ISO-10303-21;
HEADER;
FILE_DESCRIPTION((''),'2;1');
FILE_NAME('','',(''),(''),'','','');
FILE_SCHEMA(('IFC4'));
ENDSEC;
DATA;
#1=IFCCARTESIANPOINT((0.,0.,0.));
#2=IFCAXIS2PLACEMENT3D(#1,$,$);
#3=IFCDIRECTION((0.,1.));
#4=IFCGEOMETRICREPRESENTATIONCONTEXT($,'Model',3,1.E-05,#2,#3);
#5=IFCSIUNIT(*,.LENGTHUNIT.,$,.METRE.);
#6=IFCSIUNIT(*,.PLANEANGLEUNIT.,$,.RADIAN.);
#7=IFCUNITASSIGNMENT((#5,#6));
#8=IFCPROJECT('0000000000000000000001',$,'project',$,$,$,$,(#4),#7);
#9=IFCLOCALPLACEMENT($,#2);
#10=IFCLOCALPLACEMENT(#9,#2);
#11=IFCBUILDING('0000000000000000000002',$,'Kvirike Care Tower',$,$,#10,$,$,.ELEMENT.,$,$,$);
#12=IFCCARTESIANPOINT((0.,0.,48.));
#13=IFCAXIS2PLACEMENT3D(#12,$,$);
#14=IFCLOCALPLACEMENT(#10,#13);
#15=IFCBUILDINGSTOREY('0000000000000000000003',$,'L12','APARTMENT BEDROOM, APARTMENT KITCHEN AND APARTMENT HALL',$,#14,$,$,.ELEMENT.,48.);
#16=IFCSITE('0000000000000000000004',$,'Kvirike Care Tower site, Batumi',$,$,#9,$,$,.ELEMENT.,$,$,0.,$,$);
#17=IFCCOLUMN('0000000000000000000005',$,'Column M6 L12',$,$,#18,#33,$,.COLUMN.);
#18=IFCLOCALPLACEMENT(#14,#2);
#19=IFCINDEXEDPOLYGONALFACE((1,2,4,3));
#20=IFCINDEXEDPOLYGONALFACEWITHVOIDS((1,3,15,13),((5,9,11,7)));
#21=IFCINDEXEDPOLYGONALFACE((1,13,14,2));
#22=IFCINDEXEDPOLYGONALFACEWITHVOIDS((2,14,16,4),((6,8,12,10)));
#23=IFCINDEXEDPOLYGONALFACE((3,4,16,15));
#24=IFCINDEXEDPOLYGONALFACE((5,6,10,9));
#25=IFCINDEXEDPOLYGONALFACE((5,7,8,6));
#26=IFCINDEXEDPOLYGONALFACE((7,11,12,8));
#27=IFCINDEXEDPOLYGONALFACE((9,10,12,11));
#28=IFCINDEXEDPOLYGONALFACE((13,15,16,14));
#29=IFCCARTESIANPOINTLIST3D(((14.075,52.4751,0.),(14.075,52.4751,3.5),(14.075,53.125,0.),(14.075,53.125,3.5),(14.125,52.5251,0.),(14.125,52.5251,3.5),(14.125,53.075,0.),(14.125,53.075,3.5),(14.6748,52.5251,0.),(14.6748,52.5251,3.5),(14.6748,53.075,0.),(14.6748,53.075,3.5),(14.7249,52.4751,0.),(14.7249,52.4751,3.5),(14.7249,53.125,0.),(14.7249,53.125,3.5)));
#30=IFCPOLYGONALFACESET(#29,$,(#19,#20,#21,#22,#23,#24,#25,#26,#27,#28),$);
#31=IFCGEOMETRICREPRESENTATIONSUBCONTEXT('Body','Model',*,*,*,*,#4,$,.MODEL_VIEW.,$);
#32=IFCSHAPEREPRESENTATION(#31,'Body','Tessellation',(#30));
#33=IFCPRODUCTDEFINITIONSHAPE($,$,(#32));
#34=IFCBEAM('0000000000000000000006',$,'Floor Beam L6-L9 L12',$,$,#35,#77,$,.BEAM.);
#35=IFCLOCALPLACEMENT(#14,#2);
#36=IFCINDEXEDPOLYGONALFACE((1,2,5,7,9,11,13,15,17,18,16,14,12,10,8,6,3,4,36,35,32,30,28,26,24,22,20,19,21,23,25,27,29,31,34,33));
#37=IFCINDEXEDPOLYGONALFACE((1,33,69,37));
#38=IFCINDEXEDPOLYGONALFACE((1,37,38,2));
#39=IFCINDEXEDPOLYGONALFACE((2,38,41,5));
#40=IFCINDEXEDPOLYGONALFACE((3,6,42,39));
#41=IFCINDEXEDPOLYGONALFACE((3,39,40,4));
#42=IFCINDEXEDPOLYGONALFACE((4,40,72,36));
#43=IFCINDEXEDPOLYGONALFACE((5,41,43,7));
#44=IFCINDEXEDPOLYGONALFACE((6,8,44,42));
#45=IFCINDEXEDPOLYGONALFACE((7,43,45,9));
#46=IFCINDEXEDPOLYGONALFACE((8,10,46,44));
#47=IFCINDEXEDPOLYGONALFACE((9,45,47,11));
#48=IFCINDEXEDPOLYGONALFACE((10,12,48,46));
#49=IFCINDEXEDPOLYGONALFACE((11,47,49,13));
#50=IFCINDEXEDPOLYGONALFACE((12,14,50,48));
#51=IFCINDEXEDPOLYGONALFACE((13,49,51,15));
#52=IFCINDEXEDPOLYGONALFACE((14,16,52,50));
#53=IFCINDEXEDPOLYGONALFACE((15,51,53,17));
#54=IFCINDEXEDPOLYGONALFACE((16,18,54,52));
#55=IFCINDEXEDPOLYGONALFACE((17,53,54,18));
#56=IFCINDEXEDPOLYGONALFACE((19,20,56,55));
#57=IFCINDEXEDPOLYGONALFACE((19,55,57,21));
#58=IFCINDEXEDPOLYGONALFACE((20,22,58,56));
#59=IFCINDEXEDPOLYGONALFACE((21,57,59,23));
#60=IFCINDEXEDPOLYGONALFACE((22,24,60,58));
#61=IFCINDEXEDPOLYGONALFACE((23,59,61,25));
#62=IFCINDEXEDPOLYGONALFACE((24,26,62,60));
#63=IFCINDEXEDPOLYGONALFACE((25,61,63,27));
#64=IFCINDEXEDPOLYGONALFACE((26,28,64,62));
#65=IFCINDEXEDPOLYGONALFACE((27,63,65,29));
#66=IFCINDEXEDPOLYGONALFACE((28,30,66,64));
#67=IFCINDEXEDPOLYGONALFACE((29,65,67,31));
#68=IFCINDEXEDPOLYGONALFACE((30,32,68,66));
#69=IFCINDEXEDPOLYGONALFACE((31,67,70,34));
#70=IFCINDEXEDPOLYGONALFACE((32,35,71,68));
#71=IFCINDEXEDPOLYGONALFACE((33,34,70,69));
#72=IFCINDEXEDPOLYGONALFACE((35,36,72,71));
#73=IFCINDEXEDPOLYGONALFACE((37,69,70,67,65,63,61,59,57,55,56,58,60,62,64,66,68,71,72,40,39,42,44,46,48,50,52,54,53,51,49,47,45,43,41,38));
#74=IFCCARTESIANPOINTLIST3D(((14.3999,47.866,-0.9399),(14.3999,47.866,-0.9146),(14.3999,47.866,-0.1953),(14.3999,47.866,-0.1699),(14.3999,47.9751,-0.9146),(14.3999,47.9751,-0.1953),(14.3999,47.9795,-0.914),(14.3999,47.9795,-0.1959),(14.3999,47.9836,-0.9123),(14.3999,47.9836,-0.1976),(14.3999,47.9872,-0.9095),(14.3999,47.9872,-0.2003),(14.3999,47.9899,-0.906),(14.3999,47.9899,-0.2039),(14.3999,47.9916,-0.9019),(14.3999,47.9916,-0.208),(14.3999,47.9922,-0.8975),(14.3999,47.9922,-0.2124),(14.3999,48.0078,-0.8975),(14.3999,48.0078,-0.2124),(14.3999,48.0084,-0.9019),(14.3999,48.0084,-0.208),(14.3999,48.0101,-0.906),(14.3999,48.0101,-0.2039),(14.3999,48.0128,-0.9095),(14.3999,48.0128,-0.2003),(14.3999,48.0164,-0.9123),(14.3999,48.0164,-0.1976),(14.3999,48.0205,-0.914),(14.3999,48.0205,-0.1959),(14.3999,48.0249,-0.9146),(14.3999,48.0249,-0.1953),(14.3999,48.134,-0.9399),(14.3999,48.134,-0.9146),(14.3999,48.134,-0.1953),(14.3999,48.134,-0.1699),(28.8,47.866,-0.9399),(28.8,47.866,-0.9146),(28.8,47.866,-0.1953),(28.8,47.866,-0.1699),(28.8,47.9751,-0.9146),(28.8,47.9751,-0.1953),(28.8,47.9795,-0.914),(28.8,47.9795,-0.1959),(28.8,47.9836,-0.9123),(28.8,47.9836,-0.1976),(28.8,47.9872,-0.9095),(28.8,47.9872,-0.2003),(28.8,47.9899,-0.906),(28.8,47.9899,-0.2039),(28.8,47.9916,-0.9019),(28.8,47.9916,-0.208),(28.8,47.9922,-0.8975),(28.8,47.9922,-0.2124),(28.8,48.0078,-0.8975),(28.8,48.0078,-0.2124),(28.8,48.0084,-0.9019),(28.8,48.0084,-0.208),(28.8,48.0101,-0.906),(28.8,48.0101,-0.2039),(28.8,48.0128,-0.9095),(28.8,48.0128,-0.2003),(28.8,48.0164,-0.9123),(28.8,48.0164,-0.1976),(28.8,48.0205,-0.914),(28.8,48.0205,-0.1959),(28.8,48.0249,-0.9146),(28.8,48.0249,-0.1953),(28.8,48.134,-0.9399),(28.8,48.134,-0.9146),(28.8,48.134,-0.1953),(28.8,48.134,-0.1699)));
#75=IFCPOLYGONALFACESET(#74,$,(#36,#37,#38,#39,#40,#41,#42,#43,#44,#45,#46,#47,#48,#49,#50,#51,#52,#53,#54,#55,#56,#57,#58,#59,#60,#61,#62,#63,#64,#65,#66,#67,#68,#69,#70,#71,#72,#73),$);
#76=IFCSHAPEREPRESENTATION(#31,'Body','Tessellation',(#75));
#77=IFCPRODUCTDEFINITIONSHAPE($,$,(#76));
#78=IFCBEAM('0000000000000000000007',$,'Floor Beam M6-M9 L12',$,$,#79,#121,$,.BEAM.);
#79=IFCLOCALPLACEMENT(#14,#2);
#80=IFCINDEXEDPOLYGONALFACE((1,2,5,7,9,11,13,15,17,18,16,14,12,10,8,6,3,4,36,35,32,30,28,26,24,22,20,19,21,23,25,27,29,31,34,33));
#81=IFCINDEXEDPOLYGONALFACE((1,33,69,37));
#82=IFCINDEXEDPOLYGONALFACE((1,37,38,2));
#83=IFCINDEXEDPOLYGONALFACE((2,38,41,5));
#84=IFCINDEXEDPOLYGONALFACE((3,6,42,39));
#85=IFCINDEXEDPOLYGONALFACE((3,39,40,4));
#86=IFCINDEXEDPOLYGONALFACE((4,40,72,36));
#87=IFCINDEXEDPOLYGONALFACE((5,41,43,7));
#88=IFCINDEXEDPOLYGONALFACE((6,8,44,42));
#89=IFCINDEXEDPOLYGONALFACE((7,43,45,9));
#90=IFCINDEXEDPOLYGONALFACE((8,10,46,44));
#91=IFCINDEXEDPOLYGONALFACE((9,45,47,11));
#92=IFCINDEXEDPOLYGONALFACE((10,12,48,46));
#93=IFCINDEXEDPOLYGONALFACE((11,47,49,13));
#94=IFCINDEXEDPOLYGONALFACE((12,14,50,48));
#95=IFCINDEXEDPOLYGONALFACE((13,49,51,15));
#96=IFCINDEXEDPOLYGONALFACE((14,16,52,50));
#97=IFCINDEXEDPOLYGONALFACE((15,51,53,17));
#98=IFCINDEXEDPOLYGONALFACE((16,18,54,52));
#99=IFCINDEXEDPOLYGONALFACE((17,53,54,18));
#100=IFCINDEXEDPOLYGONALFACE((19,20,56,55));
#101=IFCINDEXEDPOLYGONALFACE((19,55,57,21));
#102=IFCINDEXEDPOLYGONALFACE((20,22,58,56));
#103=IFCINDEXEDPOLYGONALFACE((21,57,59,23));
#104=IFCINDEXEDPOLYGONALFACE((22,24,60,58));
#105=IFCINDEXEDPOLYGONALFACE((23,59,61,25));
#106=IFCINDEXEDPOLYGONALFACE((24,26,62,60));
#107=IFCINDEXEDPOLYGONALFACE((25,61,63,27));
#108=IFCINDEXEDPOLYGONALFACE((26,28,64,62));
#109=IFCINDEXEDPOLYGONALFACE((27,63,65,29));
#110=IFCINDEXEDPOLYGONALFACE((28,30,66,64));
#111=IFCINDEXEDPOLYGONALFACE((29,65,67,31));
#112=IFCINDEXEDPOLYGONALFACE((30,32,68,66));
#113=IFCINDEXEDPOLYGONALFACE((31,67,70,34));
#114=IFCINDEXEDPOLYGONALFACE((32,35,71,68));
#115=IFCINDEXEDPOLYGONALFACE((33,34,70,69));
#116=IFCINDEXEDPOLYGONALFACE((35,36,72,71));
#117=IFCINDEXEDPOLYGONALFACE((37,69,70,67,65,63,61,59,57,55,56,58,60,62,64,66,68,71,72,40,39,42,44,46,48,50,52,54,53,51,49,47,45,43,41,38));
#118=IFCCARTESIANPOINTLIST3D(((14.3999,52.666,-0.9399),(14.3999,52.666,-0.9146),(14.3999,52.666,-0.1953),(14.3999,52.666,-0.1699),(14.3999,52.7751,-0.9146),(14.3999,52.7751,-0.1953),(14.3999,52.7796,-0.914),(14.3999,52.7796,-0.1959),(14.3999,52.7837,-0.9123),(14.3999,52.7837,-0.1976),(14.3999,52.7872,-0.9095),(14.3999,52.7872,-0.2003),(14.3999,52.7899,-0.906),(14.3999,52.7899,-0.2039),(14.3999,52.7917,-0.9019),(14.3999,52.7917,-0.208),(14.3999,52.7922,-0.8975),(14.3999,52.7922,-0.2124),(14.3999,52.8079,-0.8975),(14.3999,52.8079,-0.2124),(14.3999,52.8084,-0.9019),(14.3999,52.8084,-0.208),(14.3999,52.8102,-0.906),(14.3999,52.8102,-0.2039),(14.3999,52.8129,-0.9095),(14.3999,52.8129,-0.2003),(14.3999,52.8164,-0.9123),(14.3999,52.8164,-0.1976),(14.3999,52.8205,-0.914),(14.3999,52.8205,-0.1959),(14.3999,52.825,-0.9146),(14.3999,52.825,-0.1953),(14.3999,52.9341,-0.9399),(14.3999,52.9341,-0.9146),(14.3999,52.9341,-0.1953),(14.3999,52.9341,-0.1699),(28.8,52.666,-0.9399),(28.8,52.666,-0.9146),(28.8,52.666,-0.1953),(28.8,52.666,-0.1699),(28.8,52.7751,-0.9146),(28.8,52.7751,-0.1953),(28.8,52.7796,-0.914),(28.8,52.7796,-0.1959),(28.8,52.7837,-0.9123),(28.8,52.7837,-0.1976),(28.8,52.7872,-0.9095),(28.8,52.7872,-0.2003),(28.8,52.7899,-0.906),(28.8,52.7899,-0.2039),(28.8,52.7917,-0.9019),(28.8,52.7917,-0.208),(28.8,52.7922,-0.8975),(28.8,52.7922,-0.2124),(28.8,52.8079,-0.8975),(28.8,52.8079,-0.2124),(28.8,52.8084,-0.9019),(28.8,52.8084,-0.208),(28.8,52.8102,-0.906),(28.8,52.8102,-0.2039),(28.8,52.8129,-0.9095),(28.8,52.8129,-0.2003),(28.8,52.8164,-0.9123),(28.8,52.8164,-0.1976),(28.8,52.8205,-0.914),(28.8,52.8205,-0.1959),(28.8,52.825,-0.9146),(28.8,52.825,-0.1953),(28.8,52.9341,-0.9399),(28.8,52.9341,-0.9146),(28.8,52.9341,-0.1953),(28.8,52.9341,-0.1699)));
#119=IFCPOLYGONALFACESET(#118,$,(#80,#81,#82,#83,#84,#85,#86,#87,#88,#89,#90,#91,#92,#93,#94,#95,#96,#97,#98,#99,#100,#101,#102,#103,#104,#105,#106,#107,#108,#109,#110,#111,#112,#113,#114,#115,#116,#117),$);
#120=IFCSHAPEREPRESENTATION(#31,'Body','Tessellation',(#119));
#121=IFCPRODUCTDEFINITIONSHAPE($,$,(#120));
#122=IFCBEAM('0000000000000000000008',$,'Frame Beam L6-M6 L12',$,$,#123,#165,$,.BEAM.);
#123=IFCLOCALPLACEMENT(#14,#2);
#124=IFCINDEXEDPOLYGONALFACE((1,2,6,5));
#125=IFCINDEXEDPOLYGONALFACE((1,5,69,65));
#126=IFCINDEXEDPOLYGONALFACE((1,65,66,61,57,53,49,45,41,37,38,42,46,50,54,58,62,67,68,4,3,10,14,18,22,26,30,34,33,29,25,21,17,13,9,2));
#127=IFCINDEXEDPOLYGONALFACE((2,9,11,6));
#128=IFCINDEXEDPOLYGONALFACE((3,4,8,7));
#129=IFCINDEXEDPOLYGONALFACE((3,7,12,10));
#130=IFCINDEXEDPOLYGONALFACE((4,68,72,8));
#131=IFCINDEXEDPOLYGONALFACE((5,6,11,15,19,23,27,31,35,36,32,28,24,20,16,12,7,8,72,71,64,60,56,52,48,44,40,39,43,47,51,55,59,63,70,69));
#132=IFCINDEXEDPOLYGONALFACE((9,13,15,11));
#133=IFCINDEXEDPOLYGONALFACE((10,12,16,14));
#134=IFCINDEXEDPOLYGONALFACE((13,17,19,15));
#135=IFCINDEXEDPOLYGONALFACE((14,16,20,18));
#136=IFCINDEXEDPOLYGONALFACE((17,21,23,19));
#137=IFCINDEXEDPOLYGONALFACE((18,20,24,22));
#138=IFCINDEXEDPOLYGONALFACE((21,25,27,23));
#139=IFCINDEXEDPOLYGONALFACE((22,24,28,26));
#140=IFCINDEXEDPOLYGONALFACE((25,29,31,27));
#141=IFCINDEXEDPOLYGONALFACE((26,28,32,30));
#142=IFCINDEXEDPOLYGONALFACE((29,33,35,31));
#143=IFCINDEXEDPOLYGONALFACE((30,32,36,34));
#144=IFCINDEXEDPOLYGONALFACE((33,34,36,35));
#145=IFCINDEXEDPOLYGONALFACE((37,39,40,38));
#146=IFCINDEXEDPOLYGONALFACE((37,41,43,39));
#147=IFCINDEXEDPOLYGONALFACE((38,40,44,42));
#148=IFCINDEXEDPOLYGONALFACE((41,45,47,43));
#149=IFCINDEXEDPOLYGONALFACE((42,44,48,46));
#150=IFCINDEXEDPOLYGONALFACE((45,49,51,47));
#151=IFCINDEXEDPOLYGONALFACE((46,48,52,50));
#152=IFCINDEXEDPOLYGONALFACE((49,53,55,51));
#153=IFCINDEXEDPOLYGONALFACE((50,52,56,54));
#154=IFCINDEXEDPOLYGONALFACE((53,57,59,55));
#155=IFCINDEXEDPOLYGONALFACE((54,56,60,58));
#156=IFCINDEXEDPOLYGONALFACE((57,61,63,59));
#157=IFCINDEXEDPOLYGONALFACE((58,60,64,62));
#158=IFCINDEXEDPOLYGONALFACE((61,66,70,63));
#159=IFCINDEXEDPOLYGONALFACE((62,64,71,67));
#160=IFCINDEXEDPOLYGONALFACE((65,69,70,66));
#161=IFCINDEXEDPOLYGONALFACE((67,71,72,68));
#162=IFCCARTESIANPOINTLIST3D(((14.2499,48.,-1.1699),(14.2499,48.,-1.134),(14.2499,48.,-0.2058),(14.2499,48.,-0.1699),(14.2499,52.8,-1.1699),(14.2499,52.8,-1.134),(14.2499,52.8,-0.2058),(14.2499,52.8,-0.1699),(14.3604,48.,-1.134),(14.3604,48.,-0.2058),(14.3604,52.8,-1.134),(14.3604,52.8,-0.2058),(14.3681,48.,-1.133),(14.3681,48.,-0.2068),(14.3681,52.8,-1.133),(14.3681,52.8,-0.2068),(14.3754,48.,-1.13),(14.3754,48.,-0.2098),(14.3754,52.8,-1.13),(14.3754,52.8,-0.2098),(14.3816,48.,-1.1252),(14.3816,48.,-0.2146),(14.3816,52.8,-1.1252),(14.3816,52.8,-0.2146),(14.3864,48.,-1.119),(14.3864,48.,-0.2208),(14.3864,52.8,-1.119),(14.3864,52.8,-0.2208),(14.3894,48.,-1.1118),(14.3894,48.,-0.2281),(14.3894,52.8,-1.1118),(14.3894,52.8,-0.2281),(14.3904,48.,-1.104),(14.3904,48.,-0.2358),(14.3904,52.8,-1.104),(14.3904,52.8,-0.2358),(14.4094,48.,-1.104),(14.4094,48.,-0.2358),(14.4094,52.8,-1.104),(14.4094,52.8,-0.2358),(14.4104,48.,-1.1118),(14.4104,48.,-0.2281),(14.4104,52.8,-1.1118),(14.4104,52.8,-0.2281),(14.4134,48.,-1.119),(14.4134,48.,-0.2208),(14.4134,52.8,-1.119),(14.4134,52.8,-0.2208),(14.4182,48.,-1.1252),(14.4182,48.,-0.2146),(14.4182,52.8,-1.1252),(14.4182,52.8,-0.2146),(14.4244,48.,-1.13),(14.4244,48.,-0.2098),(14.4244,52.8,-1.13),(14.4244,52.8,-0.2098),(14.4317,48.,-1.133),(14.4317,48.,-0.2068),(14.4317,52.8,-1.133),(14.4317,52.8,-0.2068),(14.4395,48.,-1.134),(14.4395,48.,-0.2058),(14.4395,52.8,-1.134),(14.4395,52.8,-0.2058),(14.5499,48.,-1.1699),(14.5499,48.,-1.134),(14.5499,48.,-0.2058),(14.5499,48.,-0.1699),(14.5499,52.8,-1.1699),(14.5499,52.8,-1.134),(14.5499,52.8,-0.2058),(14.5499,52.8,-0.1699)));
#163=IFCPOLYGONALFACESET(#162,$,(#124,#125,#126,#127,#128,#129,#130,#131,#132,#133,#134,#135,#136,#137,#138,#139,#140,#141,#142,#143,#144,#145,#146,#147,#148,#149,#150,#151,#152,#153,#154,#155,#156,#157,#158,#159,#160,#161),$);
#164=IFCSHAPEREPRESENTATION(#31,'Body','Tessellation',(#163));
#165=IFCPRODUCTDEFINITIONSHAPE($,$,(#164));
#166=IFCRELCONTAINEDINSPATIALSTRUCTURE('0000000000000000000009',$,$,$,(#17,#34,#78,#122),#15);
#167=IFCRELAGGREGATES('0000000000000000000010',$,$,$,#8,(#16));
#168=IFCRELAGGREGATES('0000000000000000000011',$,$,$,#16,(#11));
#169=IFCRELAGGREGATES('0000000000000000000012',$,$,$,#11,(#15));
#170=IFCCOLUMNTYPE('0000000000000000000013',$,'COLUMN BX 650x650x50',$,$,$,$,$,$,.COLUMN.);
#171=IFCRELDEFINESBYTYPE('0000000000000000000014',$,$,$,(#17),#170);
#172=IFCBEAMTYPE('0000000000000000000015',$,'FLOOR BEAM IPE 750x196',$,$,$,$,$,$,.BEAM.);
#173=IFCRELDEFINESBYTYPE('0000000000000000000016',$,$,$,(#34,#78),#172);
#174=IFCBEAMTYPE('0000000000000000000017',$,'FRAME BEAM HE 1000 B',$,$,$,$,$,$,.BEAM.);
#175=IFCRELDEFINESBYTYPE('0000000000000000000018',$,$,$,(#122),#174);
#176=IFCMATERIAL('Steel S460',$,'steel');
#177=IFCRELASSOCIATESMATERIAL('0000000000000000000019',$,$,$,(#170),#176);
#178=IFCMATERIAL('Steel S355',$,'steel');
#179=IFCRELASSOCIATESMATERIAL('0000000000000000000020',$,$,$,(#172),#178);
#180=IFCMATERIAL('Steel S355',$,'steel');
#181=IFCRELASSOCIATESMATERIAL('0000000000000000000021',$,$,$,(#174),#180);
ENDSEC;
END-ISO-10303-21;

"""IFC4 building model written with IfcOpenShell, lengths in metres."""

from ifc_helpers import new_model, si_unit, direction, frame, origin, origin_2d, place, context, subcontext, project, spatial, hollow_rectangle, i_section, extrude, material, material_profile, profile_set, type_object, element, save


model = new_model("IFC4")

# Units and contexts
model_context = context("Model", 3, precision=1e-05, world=origin(), true_north=direction((0.0, 1.0)))
body_context = subcontext(model_context, "Body", "Model", "MODEL_VIEW")
ifc_project = project(units=[si_unit("LENGTHUNIT", "METRE"), si_unit("PLANEANGLEUNIT", "RADIAN")], contexts=[model_context])

# Site, building, storey
site_placement = place(None, origin())
site = spatial("IfcSite", under=ifc_project, at=site_placement, Name="Kvirike Care Tower site, Batumi", CompositionType="ELEMENT", RefElevation=0.0)
building_placement = place(site_placement, origin())
building = spatial("IfcBuilding", under=site, at=building_placement, Name="Kvirike Care Tower", CompositionType="ELEMENT")
storey_placement = place(building_placement, frame((0.0, 0.0, 48.0)))
storey = spatial("IfcBuildingStorey", under=building, at=storey_placement, Name="L12", Description="APARTMENT BEDROOM, APARTMENT KITCHEN AND APARTMENT HALL", CompositionType="ELEMENT", Elevation=48.0)

# Column
ifc_material_1 = material(Name="Steel S460", Category="steel")
ifc_material_profile_1 = material_profile(ifc_material_1, hollow_rectangle(XDim=0.6499, YDim=0.6499, WallThickness=0.05, at=origin_2d()), Name="BX 650x650x50")
ifc_profile_set_1 = profile_set([ifc_material_profile_1], Name="Steel S460")
column_type = type_object("IfcColumnType", Name="COLUMN BX 650x650x50", PredefinedType="COLUMN", material=ifc_profile_set_1)
column_placement = place(storey_placement, frame((14.3999, 52.8, 0.0), z_axis=(0.0, 0.0, 1.0), x_axis=(1.0, 0.0, 0.0)))
element("IfcColumn", 1, at=column_placement, inside=storey, type_object=column_type, Name="Column M6 L12", PredefinedType="COLUMN", context=body_context, shape_type="SweptSolid", body=[
    extrude(hollow_rectangle(XDim=0.6499, YDim=0.6499, WallThickness=0.05, at=origin_2d()), origin(), (0.0, 0.0, 1.0), 3.5),
])

# Beams
ifc_material_2 = material(Name="Steel S355", Category="steel")
ifc_material_profile_2 = material_profile(ifc_material_2, i_section(OverallWidth=0.2681, OverallDepth=0.77, WebThickness=0.0156, FlangeThickness=0.0254, FilletRadius=0.0171, at=origin_2d()), Name="IPE 750x196")
ifc_profile_set_2 = profile_set([ifc_material_profile_2], Name="Steel S355")
beam_type_1 = type_object("IfcBeamType", Name="FLOOR BEAM IPE 750x196", PredefinedType="BEAM", material=ifc_profile_set_2)
for number, where, z_axis, x_axis, name in (
    (2, (14.3999, 48.0, -0.5549), (1.0, 0.0, 0.0), (0.0, 1.0, 0.0), "Floor Beam L6-L9 L12"),
    (3, (14.3999, 52.8, -0.5549), (1.0, 0.0, 0.0), (0.0, 1.0, 0.0), "Floor Beam M6-M9 L12"),
):
    element("IfcBeam", number, at=place(storey_placement, frame(where, z_axis=z_axis, x_axis=x_axis)), inside=storey, type_object=beam_type_1, Name=name, PredefinedType="BEAM", context=body_context, shape_type="SweptSolid", body=[
        extrude(i_section(OverallWidth=0.2681, OverallDepth=0.77, WebThickness=0.0156, FlangeThickness=0.0254, FilletRadius=0.0171, at=origin_2d()), origin(), (0.0, 0.0, 1.0), 14.4001),
    ])
ifc_material_3 = material(Name="Steel S355", Category="steel")
ifc_material_profile_3 = material_profile(ifc_material_3, i_section(OverallWidth=0.3, OverallDepth=1.0, WebThickness=0.019, FlangeThickness=0.0359, FilletRadius=0.03, at=origin_2d()), Name="HE 1000 B")
ifc_profile_set_3 = profile_set([ifc_material_profile_3], Name="Steel S355")
beam_type_2 = type_object("IfcBeamType", Name="FRAME BEAM HE 1000 B", PredefinedType="BEAM", material=ifc_profile_set_3)
for number, where, z_axis, x_axis, name in (
    (4, (14.3999, 48.0, -0.6699), (0.0, 1.0, 0.0), (-1.0, 0.0, 0.0), "Frame Beam L6-M6 L12"),
):
    element("IfcBeam", number, at=place(storey_placement, frame(where, z_axis=z_axis, x_axis=x_axis)), inside=storey, type_object=beam_type_2, Name=name, PredefinedType="BEAM", context=body_context, shape_type="SweptSolid", body=[
        extrude(i_section(OverallWidth=0.3, OverallDepth=1.0, WebThickness=0.019, FlangeThickness=0.0359, FilletRadius=0.03, at=origin_2d()), origin(), (0.0, 0.0, 1.0), 4.8),
    ])

save(model, "model.ifc")
